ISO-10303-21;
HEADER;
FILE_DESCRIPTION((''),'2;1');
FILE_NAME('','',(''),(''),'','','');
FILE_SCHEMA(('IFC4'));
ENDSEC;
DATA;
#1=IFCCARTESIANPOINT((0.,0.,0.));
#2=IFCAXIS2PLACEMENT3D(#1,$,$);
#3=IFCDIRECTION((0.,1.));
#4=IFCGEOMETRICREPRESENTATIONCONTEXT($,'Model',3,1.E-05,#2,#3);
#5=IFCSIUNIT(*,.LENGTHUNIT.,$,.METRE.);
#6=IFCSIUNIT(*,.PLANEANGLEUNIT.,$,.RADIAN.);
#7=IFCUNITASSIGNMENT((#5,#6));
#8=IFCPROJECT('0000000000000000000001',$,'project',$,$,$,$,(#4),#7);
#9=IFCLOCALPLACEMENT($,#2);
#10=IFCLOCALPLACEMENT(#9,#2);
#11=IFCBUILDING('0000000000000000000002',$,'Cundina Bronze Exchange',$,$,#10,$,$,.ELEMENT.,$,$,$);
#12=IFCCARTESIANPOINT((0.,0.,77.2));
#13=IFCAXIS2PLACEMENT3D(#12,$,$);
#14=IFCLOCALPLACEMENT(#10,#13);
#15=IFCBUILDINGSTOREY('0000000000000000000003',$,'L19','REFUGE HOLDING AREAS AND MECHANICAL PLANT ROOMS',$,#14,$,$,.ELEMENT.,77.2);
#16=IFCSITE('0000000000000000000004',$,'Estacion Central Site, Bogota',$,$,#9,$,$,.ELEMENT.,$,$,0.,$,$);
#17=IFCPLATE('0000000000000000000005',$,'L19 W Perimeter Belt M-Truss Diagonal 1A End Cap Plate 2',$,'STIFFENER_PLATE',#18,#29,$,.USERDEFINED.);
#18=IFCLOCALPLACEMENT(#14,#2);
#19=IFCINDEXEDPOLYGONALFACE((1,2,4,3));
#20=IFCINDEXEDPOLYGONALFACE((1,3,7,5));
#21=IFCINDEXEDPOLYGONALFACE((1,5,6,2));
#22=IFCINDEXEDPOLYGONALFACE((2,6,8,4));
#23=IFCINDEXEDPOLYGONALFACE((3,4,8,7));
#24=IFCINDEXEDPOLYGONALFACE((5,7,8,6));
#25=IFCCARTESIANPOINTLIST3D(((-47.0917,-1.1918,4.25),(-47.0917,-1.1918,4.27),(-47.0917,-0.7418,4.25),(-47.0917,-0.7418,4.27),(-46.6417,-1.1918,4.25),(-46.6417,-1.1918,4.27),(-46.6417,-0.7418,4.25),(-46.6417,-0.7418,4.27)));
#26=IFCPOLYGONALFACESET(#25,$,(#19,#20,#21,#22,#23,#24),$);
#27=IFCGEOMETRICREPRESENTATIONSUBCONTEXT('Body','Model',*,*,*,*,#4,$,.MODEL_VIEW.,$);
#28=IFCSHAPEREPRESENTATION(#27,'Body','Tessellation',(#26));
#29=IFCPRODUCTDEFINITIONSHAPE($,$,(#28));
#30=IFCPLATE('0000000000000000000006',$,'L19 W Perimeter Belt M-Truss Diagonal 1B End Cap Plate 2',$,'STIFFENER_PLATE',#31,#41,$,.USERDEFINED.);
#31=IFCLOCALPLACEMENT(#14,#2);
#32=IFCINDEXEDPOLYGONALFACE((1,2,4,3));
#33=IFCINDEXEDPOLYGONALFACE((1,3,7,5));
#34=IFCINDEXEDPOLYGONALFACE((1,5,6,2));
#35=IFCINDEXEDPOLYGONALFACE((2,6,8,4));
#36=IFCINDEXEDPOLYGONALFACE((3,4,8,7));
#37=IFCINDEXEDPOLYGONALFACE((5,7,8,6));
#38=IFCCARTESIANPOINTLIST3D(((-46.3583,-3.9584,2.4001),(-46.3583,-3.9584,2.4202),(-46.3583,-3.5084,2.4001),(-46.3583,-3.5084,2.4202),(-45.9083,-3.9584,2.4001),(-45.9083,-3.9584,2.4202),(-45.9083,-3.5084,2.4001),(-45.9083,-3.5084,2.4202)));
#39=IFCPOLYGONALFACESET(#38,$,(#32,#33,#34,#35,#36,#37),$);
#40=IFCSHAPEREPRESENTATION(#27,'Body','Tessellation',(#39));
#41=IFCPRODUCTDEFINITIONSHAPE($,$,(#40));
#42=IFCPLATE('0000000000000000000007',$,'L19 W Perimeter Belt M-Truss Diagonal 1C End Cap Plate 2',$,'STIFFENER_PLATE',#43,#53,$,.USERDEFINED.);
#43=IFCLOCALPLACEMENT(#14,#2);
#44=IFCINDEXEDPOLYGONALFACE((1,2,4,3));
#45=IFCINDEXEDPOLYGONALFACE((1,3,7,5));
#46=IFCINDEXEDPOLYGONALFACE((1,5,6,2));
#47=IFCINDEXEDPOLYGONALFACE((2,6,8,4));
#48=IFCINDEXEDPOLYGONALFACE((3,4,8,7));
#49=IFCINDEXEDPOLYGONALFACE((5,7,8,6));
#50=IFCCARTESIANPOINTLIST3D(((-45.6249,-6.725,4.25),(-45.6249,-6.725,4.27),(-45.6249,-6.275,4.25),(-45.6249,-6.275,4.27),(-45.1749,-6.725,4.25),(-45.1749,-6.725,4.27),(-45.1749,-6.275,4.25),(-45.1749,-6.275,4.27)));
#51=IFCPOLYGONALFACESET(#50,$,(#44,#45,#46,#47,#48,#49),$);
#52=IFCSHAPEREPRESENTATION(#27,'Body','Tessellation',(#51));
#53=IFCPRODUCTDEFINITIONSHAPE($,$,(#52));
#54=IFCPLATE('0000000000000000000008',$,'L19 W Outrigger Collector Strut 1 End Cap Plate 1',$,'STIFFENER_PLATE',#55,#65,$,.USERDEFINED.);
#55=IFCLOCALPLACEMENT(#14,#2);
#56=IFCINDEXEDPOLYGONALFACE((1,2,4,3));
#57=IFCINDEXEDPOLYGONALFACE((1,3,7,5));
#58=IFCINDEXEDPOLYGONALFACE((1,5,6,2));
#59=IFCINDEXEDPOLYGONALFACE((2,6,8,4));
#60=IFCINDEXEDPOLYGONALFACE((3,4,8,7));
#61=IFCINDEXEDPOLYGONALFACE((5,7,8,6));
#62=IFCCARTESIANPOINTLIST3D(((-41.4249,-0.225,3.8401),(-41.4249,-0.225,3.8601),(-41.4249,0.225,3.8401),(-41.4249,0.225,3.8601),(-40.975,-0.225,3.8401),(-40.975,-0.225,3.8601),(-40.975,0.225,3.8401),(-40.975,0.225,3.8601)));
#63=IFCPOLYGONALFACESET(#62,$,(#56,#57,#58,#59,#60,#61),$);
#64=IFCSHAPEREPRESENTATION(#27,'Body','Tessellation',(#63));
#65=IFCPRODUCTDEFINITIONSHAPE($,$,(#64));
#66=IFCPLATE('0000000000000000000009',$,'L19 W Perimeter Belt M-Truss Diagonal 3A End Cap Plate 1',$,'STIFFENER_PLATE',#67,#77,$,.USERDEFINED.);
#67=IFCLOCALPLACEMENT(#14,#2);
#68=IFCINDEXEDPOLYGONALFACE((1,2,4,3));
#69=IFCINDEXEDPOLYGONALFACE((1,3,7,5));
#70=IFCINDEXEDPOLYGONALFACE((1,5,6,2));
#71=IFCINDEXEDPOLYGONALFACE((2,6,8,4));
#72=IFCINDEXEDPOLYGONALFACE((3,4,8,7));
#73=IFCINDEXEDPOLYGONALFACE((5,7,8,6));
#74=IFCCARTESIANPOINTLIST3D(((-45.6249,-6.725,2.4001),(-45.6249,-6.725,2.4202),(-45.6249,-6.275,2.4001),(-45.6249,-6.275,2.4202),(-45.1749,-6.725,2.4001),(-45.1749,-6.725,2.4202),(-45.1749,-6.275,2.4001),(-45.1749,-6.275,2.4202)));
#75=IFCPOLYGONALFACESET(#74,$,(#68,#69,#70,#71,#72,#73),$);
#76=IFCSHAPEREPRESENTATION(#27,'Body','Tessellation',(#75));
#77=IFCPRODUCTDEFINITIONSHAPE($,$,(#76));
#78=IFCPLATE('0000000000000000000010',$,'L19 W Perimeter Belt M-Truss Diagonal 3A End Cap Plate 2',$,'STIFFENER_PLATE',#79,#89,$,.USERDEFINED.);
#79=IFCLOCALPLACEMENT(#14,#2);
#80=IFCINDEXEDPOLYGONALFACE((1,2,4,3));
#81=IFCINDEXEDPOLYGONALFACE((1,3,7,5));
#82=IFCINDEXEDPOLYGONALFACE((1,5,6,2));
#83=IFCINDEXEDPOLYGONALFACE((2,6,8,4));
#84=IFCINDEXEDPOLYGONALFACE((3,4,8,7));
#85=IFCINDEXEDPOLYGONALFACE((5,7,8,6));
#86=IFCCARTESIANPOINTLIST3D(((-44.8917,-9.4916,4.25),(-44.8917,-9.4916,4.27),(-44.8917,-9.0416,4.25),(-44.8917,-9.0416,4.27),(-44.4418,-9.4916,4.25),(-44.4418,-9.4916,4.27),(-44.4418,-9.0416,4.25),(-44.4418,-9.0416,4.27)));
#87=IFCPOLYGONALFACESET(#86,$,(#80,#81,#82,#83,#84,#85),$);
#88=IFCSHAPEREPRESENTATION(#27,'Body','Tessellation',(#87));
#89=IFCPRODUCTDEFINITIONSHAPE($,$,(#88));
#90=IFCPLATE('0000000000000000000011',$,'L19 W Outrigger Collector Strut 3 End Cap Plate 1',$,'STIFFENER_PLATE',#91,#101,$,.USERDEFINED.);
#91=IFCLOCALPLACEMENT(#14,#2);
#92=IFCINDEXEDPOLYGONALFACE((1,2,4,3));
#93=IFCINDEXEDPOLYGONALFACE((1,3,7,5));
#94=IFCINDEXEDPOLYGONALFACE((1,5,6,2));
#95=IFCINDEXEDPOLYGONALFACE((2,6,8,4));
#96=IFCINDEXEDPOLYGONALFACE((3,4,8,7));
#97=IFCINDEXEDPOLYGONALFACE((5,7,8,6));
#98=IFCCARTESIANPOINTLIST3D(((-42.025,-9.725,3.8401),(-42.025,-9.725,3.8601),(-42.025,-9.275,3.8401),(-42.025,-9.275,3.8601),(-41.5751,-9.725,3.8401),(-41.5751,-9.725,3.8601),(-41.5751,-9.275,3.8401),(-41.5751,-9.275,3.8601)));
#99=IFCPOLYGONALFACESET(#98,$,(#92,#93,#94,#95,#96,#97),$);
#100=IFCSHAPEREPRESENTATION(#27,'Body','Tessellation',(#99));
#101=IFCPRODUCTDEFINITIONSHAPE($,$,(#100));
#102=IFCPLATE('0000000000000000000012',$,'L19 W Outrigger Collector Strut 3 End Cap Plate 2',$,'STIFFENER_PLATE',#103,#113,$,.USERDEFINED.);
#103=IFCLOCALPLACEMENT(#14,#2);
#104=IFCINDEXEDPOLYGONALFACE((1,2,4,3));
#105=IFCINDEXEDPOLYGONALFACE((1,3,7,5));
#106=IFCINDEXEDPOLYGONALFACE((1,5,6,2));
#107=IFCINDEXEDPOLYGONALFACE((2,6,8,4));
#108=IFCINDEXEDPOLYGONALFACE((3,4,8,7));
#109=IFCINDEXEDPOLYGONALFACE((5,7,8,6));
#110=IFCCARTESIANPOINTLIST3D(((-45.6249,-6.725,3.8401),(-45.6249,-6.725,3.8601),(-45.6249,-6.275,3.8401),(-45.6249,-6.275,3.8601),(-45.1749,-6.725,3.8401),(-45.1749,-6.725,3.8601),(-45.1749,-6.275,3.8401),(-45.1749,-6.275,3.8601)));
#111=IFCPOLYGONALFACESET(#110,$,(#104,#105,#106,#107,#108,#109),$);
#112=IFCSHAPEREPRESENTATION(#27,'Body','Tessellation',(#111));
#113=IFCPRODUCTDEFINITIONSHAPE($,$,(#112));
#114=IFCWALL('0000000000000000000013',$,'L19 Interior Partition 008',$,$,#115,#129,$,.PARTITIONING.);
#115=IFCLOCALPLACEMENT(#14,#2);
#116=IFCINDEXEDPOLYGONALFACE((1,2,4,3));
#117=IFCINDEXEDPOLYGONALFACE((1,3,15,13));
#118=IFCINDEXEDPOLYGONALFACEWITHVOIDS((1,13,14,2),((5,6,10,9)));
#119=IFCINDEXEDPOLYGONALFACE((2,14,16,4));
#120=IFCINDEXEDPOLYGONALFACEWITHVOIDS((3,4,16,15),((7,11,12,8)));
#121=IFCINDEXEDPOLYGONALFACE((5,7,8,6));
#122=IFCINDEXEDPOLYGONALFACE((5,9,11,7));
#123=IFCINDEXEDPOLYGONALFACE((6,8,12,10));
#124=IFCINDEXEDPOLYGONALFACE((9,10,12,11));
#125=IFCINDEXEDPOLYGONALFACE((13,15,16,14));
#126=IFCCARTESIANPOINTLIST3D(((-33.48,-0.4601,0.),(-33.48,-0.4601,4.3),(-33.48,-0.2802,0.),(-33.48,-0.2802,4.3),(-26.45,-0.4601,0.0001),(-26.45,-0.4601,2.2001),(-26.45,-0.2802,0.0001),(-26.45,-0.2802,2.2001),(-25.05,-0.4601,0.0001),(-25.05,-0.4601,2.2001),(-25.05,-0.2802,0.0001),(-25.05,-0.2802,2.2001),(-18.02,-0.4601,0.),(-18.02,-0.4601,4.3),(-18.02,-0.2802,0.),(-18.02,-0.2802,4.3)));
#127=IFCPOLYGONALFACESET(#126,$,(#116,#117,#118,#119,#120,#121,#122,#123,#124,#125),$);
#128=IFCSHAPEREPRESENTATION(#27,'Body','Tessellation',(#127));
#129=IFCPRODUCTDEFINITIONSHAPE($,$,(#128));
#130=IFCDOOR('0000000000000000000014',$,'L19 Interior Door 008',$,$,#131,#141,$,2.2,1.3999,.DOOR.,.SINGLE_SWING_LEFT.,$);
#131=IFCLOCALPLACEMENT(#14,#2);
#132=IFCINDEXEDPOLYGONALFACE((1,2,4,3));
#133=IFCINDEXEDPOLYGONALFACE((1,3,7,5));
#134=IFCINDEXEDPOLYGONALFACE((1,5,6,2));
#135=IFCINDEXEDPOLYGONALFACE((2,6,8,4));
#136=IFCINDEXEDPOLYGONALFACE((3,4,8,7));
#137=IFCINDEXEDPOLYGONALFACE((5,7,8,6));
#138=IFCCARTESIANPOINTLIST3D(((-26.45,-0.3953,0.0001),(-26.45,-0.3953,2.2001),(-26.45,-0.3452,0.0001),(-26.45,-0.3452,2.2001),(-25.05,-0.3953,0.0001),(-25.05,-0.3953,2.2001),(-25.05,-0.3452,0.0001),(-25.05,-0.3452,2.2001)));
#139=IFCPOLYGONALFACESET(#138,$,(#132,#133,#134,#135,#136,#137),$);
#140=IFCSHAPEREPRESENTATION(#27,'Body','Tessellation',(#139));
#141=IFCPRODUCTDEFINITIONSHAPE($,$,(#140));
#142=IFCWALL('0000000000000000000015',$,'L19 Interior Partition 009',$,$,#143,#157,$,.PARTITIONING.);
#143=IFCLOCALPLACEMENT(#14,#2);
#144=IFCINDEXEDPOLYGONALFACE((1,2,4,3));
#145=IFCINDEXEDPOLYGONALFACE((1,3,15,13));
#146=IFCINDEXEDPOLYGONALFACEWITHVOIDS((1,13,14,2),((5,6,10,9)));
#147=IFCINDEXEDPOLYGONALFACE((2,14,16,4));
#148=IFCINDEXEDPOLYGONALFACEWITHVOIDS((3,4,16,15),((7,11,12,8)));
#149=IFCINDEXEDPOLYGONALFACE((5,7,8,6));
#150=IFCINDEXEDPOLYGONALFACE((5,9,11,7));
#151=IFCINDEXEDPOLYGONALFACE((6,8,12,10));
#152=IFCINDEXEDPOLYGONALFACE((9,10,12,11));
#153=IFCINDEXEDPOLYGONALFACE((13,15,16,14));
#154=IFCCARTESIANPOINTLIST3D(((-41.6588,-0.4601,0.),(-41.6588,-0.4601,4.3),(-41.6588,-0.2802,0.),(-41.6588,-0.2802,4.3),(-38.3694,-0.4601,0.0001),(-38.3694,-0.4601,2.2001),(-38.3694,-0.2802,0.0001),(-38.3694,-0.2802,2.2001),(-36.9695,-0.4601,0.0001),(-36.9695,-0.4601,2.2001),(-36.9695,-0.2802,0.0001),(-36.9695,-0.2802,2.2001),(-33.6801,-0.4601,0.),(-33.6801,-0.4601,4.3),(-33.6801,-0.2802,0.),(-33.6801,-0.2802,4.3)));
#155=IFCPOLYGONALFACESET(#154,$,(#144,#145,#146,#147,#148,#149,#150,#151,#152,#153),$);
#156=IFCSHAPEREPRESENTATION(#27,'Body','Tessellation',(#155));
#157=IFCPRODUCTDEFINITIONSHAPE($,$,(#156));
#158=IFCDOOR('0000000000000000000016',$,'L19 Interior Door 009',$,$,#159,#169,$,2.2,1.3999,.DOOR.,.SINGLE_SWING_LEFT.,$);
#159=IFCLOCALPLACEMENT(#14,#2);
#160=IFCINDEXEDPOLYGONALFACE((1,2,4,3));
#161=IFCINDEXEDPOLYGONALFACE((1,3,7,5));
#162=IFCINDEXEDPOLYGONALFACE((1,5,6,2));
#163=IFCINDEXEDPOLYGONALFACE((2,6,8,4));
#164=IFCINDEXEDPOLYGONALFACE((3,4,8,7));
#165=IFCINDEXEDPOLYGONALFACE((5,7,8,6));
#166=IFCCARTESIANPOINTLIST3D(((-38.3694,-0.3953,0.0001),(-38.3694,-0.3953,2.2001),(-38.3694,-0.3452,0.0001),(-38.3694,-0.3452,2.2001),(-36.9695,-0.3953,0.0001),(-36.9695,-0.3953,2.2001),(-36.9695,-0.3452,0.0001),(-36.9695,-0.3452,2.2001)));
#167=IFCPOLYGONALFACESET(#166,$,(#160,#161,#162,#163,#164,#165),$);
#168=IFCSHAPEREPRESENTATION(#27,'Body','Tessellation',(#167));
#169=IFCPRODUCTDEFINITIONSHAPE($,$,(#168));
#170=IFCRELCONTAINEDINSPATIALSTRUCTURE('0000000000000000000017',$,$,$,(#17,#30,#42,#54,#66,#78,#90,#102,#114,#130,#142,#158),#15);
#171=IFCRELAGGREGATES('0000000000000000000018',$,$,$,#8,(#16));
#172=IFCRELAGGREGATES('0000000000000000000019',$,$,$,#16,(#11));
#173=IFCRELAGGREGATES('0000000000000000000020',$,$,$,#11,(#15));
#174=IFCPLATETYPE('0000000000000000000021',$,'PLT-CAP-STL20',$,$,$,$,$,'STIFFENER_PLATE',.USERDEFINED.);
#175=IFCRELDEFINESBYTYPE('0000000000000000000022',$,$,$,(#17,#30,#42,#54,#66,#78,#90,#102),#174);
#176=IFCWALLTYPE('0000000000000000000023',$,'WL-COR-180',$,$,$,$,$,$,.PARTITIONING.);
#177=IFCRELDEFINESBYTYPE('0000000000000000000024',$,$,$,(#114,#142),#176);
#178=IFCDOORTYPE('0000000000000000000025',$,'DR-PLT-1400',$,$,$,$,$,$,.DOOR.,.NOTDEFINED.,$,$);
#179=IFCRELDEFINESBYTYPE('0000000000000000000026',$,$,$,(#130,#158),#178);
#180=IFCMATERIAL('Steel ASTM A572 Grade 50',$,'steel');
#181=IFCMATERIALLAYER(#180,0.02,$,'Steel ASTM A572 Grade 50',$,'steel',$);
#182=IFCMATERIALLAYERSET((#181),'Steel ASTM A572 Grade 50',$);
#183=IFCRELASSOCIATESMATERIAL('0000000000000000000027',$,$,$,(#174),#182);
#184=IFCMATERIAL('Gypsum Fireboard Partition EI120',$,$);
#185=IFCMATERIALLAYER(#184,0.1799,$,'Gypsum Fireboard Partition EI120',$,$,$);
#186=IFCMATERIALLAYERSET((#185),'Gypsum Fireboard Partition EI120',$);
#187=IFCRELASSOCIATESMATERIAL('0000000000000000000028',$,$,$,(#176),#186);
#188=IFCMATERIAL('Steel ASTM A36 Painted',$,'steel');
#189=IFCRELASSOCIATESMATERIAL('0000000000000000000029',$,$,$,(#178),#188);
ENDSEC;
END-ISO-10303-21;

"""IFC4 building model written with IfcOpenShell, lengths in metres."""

from ifc_helpers import new_model, si_unit, direction, frame, frame_2d, origin, origin_2d, place, context, subcontext, project, spatial, rectangle, extrude, material, layer, layer_set, type_object, element, fill, save


model = new_model("IFC4")

# Units and contexts
model_context = context("Model", 3, precision=1e-05, world=origin(), true_north=direction((0.0, 1.0)))
body_context = subcontext(model_context, "Body", "Model", "MODEL_VIEW")
ifc_project = project(units=[si_unit("LENGTHUNIT", "METRE"), si_unit("PLANEANGLEUNIT", "RADIAN")], contexts=[model_context])

# Site, building, storey
site_placement = place(None, origin())
site = spatial("IfcSite", under=ifc_project, at=site_placement, Name="Estacion Central Site, Bogota", CompositionType="ELEMENT", RefElevation=0.0)
building_placement = place(site_placement, origin())
building = spatial("IfcBuilding", under=site, at=building_placement, Name="Cundina Bronze Exchange", CompositionType="ELEMENT")
storey_placement = place(building_placement, frame((0.0, 0.0, 77.2)))
storey = spatial("IfcBuildingStorey", under=building, at=storey_placement, Name="L19", Description="REFUGE HOLDING AREAS AND MECHANICAL PLANT ROOMS", CompositionType="ELEMENT", Elevation=77.2)

# Plates
ifc_material_1 = material(Name="Steel ASTM A572 Grade 50", Category="steel")
ifc_layer_1 = layer(ifc_material_1, 0.02, Name="Steel ASTM A572 Grade 50", Category="steel")
ifc_layer_set_1 = layer_set([ifc_layer_1], Name="Steel ASTM A572 Grade 50")
plate_type = type_object("IfcPlateType", Name="PLT-CAP-STL20", ElementType="STIFFENER_PLATE", PredefinedType="USERDEFINED", material=ifc_layer_set_1)
for number, where, z_axis, x_axis, name in (
    (1, (-46.8667, -0.9668, 4.25), (0.0, 0.0, 1.0), (1.0, 0.0, 0.0), "L19 W Perimeter Belt M-Truss Diagonal 1A End Cap Plate 2"),
    (2, (-46.1333, -3.7334, 2.4001), (0.0, 0.0, 1.0), (1.0, 0.0, 0.0), "L19 W Perimeter Belt M-Truss Diagonal 1B End Cap Plate 2"),
    (3, (-45.3999, -6.5, 4.25), (0.0, 0.0, 1.0), (1.0, 0.0, 0.0), "L19 W Perimeter Belt M-Truss Diagonal 1C End Cap Plate 2"),
    (4, (-41.2, 0.0, 3.8401), (0.0, 0.0, 1.0), (1.0, 0.0, 0.0), "L19 W Outrigger Collector Strut 1 End Cap Plate 1"),
    (5, (-45.3999, -6.5, 2.4001), (0.0, 0.0, 1.0), (1.0, 0.0, 0.0), "L19 W Perimeter Belt M-Truss Diagonal 3A End Cap Plate 1"),
    (6, (-44.6667, -9.2666, 4.25), (0.0, 0.0, 1.0), (1.0, 0.0, 0.0), "L19 W Perimeter Belt M-Truss Diagonal 3A End Cap Plate 2"),
    (7, (-41.8, -9.5, 3.8401), (0.0, 0.0, 1.0), (1.0, 0.0, 0.0), "L19 W Outrigger Collector Strut 3 End Cap Plate 1"),
    (8, (-45.3999, -6.5, 3.8401), (0.0, 0.0, 1.0), (1.0, 0.0, 0.0), "L19 W Outrigger Collector Strut 3 End Cap Plate 2"),
):
    element("IfcPlate", number, at=place(storey_placement, frame(where, z_axis=z_axis, x_axis=x_axis)), inside=storey, type_object=plate_type, Name=name, ObjectType="STIFFENER_PLATE", PredefinedType="USERDEFINED", context=body_context, shape_type="SweptSolid", body=[
        extrude(rectangle(XDim=0.45, YDim=0.45, at=origin_2d()), origin(), (0.0, 0.0, 1.0), 0.02),
    ])

# Walls, openings, doors
ifc_material_2 = material(Name="Gypsum Fireboard Partition EI120")
ifc_layer_2 = layer(ifc_material_2, 0.1799, Name="Gypsum Fireboard Partition EI120")
ifc_layer_set_2 = layer_set([ifc_layer_2], Name="Gypsum Fireboard Partition EI120")
wall_type = type_object("IfcWallType", Name="WL-COR-180", PredefinedType="PARTITIONING", material=ifc_layer_set_2)
wall_1_placement = place(storey_placement, frame((-33.48, -0.3701, 0.0), z_axis=(0.0, 0.0, 1.0), x_axis=(1.0, 0.0, 0.0)))
wall_1 = element("IfcWall", 9, at=wall_1_placement, inside=storey, type_object=wall_type, Name="L19 Interior Partition 008", PredefinedType="PARTITIONING", context=body_context, shape_type="SweptSolid", body=[
    extrude(rectangle(XDim=15.46, YDim=0.1799, at=frame_2d((7.73, 0.0))), origin(), (0.0, 0.0, 1.0), 4.3),
])
opening_1_placement = place(wall_1_placement, frame((7.03, 0.0, 0.0)))
opening_1 = element("IfcOpeningElement", 10, at=opening_1_placement, cuts=wall_1, PredefinedType="OPENING", context=body_context, shape_type="SweptSolid", body=[
    extrude(rectangle(XDim=1.3999, YDim=2.2, at=frame_2d((0.7, 1.1001))), frame((0.0, 0.0999, 0.0), z_axis=(0.0, -1.0, 0.0), x_axis=(1.0, 0.0, 0.0)), (0.0, 0.0, 1.0), 0.2),
])
ifc_material_3 = material(Name="Steel ASTM A36 Painted", Category="steel")
door_type = type_object("IfcDoorType", Name="DR-PLT-1400", OperationType="NOTDEFINED", PredefinedType="DOOR", material=ifc_material_3)
door_1_placement = place(opening_1_placement, origin())
door_1 = element("IfcDoor", 11, at=door_1_placement, inside=storey, type_object=door_type, Name="L19 Interior Door 008", OperationType="SINGLE_SWING_LEFT", OverallHeight=2.2, OverallWidth=1.3999, PredefinedType="DOOR", context=body_context, shape_type="SweptSolid", body=[
    extrude(rectangle(XDim=1.3999, YDim=2.2, at=frame_2d((0.7, 1.1001))), frame((0.0, 0.0249, 0.0), z_axis=(0.0, -1.0, 0.0), x_axis=(1.0, 0.0, 0.0)), (0.0, 0.0, 1.0), 0.05),
])
fill(opening_1, door_1)
wall_2_placement = place(storey_placement, frame((-41.6587, -0.3701, 0.0), z_axis=(0.0, 0.0, 1.0), x_axis=(1.0, 0.0, 0.0)))
wall_2 = element("IfcWall", 12, at=wall_2_placement, inside=storey, type_object=wall_type, Name="L19 Interior Partition 009", PredefinedType="PARTITIONING", context=body_context, shape_type="SweptSolid", body=[
    extrude(rectangle(XDim=7.9788, YDim=0.1799, at=frame_2d((3.9893, 0.0))), origin(), (0.0, 0.0, 1.0), 4.3),
])
opening_2_placement = place(wall_2_placement, frame((3.2893, 0.0, 0.0)))
opening_2 = element("IfcOpeningElement", 13, at=opening_2_placement, cuts=wall_2, PredefinedType="OPENING", context=body_context, shape_type="SweptSolid", body=[
    extrude(rectangle(XDim=1.3999, YDim=2.2, at=frame_2d((0.7, 1.1001))), frame((0.0, 0.0999, 0.0), z_axis=(0.0, -1.0, 0.0), x_axis=(1.0, 0.0, 0.0)), (0.0, 0.0, 1.0), 0.2),
])
door_2_placement = place(opening_2_placement, origin())
door_2 = element("IfcDoor", 14, at=door_2_placement, inside=storey, type_object=door_type, Name="L19 Interior Door 009", OperationType="SINGLE_SWING_LEFT", OverallHeight=2.2, OverallWidth=1.3999, PredefinedType="DOOR", context=body_context, shape_type="SweptSolid", body=[
    extrude(rectangle(XDim=1.3999, YDim=2.2, at=frame_2d((0.7, 1.1001))), frame((0.0, 0.0249, 0.0), z_axis=(0.0, -1.0, 0.0), x_axis=(1.0, 0.0, 0.0)), (0.0, 0.0, 1.0), 0.05),
])
fill(opening_2, door_2)

save(model, "model.ifc")
